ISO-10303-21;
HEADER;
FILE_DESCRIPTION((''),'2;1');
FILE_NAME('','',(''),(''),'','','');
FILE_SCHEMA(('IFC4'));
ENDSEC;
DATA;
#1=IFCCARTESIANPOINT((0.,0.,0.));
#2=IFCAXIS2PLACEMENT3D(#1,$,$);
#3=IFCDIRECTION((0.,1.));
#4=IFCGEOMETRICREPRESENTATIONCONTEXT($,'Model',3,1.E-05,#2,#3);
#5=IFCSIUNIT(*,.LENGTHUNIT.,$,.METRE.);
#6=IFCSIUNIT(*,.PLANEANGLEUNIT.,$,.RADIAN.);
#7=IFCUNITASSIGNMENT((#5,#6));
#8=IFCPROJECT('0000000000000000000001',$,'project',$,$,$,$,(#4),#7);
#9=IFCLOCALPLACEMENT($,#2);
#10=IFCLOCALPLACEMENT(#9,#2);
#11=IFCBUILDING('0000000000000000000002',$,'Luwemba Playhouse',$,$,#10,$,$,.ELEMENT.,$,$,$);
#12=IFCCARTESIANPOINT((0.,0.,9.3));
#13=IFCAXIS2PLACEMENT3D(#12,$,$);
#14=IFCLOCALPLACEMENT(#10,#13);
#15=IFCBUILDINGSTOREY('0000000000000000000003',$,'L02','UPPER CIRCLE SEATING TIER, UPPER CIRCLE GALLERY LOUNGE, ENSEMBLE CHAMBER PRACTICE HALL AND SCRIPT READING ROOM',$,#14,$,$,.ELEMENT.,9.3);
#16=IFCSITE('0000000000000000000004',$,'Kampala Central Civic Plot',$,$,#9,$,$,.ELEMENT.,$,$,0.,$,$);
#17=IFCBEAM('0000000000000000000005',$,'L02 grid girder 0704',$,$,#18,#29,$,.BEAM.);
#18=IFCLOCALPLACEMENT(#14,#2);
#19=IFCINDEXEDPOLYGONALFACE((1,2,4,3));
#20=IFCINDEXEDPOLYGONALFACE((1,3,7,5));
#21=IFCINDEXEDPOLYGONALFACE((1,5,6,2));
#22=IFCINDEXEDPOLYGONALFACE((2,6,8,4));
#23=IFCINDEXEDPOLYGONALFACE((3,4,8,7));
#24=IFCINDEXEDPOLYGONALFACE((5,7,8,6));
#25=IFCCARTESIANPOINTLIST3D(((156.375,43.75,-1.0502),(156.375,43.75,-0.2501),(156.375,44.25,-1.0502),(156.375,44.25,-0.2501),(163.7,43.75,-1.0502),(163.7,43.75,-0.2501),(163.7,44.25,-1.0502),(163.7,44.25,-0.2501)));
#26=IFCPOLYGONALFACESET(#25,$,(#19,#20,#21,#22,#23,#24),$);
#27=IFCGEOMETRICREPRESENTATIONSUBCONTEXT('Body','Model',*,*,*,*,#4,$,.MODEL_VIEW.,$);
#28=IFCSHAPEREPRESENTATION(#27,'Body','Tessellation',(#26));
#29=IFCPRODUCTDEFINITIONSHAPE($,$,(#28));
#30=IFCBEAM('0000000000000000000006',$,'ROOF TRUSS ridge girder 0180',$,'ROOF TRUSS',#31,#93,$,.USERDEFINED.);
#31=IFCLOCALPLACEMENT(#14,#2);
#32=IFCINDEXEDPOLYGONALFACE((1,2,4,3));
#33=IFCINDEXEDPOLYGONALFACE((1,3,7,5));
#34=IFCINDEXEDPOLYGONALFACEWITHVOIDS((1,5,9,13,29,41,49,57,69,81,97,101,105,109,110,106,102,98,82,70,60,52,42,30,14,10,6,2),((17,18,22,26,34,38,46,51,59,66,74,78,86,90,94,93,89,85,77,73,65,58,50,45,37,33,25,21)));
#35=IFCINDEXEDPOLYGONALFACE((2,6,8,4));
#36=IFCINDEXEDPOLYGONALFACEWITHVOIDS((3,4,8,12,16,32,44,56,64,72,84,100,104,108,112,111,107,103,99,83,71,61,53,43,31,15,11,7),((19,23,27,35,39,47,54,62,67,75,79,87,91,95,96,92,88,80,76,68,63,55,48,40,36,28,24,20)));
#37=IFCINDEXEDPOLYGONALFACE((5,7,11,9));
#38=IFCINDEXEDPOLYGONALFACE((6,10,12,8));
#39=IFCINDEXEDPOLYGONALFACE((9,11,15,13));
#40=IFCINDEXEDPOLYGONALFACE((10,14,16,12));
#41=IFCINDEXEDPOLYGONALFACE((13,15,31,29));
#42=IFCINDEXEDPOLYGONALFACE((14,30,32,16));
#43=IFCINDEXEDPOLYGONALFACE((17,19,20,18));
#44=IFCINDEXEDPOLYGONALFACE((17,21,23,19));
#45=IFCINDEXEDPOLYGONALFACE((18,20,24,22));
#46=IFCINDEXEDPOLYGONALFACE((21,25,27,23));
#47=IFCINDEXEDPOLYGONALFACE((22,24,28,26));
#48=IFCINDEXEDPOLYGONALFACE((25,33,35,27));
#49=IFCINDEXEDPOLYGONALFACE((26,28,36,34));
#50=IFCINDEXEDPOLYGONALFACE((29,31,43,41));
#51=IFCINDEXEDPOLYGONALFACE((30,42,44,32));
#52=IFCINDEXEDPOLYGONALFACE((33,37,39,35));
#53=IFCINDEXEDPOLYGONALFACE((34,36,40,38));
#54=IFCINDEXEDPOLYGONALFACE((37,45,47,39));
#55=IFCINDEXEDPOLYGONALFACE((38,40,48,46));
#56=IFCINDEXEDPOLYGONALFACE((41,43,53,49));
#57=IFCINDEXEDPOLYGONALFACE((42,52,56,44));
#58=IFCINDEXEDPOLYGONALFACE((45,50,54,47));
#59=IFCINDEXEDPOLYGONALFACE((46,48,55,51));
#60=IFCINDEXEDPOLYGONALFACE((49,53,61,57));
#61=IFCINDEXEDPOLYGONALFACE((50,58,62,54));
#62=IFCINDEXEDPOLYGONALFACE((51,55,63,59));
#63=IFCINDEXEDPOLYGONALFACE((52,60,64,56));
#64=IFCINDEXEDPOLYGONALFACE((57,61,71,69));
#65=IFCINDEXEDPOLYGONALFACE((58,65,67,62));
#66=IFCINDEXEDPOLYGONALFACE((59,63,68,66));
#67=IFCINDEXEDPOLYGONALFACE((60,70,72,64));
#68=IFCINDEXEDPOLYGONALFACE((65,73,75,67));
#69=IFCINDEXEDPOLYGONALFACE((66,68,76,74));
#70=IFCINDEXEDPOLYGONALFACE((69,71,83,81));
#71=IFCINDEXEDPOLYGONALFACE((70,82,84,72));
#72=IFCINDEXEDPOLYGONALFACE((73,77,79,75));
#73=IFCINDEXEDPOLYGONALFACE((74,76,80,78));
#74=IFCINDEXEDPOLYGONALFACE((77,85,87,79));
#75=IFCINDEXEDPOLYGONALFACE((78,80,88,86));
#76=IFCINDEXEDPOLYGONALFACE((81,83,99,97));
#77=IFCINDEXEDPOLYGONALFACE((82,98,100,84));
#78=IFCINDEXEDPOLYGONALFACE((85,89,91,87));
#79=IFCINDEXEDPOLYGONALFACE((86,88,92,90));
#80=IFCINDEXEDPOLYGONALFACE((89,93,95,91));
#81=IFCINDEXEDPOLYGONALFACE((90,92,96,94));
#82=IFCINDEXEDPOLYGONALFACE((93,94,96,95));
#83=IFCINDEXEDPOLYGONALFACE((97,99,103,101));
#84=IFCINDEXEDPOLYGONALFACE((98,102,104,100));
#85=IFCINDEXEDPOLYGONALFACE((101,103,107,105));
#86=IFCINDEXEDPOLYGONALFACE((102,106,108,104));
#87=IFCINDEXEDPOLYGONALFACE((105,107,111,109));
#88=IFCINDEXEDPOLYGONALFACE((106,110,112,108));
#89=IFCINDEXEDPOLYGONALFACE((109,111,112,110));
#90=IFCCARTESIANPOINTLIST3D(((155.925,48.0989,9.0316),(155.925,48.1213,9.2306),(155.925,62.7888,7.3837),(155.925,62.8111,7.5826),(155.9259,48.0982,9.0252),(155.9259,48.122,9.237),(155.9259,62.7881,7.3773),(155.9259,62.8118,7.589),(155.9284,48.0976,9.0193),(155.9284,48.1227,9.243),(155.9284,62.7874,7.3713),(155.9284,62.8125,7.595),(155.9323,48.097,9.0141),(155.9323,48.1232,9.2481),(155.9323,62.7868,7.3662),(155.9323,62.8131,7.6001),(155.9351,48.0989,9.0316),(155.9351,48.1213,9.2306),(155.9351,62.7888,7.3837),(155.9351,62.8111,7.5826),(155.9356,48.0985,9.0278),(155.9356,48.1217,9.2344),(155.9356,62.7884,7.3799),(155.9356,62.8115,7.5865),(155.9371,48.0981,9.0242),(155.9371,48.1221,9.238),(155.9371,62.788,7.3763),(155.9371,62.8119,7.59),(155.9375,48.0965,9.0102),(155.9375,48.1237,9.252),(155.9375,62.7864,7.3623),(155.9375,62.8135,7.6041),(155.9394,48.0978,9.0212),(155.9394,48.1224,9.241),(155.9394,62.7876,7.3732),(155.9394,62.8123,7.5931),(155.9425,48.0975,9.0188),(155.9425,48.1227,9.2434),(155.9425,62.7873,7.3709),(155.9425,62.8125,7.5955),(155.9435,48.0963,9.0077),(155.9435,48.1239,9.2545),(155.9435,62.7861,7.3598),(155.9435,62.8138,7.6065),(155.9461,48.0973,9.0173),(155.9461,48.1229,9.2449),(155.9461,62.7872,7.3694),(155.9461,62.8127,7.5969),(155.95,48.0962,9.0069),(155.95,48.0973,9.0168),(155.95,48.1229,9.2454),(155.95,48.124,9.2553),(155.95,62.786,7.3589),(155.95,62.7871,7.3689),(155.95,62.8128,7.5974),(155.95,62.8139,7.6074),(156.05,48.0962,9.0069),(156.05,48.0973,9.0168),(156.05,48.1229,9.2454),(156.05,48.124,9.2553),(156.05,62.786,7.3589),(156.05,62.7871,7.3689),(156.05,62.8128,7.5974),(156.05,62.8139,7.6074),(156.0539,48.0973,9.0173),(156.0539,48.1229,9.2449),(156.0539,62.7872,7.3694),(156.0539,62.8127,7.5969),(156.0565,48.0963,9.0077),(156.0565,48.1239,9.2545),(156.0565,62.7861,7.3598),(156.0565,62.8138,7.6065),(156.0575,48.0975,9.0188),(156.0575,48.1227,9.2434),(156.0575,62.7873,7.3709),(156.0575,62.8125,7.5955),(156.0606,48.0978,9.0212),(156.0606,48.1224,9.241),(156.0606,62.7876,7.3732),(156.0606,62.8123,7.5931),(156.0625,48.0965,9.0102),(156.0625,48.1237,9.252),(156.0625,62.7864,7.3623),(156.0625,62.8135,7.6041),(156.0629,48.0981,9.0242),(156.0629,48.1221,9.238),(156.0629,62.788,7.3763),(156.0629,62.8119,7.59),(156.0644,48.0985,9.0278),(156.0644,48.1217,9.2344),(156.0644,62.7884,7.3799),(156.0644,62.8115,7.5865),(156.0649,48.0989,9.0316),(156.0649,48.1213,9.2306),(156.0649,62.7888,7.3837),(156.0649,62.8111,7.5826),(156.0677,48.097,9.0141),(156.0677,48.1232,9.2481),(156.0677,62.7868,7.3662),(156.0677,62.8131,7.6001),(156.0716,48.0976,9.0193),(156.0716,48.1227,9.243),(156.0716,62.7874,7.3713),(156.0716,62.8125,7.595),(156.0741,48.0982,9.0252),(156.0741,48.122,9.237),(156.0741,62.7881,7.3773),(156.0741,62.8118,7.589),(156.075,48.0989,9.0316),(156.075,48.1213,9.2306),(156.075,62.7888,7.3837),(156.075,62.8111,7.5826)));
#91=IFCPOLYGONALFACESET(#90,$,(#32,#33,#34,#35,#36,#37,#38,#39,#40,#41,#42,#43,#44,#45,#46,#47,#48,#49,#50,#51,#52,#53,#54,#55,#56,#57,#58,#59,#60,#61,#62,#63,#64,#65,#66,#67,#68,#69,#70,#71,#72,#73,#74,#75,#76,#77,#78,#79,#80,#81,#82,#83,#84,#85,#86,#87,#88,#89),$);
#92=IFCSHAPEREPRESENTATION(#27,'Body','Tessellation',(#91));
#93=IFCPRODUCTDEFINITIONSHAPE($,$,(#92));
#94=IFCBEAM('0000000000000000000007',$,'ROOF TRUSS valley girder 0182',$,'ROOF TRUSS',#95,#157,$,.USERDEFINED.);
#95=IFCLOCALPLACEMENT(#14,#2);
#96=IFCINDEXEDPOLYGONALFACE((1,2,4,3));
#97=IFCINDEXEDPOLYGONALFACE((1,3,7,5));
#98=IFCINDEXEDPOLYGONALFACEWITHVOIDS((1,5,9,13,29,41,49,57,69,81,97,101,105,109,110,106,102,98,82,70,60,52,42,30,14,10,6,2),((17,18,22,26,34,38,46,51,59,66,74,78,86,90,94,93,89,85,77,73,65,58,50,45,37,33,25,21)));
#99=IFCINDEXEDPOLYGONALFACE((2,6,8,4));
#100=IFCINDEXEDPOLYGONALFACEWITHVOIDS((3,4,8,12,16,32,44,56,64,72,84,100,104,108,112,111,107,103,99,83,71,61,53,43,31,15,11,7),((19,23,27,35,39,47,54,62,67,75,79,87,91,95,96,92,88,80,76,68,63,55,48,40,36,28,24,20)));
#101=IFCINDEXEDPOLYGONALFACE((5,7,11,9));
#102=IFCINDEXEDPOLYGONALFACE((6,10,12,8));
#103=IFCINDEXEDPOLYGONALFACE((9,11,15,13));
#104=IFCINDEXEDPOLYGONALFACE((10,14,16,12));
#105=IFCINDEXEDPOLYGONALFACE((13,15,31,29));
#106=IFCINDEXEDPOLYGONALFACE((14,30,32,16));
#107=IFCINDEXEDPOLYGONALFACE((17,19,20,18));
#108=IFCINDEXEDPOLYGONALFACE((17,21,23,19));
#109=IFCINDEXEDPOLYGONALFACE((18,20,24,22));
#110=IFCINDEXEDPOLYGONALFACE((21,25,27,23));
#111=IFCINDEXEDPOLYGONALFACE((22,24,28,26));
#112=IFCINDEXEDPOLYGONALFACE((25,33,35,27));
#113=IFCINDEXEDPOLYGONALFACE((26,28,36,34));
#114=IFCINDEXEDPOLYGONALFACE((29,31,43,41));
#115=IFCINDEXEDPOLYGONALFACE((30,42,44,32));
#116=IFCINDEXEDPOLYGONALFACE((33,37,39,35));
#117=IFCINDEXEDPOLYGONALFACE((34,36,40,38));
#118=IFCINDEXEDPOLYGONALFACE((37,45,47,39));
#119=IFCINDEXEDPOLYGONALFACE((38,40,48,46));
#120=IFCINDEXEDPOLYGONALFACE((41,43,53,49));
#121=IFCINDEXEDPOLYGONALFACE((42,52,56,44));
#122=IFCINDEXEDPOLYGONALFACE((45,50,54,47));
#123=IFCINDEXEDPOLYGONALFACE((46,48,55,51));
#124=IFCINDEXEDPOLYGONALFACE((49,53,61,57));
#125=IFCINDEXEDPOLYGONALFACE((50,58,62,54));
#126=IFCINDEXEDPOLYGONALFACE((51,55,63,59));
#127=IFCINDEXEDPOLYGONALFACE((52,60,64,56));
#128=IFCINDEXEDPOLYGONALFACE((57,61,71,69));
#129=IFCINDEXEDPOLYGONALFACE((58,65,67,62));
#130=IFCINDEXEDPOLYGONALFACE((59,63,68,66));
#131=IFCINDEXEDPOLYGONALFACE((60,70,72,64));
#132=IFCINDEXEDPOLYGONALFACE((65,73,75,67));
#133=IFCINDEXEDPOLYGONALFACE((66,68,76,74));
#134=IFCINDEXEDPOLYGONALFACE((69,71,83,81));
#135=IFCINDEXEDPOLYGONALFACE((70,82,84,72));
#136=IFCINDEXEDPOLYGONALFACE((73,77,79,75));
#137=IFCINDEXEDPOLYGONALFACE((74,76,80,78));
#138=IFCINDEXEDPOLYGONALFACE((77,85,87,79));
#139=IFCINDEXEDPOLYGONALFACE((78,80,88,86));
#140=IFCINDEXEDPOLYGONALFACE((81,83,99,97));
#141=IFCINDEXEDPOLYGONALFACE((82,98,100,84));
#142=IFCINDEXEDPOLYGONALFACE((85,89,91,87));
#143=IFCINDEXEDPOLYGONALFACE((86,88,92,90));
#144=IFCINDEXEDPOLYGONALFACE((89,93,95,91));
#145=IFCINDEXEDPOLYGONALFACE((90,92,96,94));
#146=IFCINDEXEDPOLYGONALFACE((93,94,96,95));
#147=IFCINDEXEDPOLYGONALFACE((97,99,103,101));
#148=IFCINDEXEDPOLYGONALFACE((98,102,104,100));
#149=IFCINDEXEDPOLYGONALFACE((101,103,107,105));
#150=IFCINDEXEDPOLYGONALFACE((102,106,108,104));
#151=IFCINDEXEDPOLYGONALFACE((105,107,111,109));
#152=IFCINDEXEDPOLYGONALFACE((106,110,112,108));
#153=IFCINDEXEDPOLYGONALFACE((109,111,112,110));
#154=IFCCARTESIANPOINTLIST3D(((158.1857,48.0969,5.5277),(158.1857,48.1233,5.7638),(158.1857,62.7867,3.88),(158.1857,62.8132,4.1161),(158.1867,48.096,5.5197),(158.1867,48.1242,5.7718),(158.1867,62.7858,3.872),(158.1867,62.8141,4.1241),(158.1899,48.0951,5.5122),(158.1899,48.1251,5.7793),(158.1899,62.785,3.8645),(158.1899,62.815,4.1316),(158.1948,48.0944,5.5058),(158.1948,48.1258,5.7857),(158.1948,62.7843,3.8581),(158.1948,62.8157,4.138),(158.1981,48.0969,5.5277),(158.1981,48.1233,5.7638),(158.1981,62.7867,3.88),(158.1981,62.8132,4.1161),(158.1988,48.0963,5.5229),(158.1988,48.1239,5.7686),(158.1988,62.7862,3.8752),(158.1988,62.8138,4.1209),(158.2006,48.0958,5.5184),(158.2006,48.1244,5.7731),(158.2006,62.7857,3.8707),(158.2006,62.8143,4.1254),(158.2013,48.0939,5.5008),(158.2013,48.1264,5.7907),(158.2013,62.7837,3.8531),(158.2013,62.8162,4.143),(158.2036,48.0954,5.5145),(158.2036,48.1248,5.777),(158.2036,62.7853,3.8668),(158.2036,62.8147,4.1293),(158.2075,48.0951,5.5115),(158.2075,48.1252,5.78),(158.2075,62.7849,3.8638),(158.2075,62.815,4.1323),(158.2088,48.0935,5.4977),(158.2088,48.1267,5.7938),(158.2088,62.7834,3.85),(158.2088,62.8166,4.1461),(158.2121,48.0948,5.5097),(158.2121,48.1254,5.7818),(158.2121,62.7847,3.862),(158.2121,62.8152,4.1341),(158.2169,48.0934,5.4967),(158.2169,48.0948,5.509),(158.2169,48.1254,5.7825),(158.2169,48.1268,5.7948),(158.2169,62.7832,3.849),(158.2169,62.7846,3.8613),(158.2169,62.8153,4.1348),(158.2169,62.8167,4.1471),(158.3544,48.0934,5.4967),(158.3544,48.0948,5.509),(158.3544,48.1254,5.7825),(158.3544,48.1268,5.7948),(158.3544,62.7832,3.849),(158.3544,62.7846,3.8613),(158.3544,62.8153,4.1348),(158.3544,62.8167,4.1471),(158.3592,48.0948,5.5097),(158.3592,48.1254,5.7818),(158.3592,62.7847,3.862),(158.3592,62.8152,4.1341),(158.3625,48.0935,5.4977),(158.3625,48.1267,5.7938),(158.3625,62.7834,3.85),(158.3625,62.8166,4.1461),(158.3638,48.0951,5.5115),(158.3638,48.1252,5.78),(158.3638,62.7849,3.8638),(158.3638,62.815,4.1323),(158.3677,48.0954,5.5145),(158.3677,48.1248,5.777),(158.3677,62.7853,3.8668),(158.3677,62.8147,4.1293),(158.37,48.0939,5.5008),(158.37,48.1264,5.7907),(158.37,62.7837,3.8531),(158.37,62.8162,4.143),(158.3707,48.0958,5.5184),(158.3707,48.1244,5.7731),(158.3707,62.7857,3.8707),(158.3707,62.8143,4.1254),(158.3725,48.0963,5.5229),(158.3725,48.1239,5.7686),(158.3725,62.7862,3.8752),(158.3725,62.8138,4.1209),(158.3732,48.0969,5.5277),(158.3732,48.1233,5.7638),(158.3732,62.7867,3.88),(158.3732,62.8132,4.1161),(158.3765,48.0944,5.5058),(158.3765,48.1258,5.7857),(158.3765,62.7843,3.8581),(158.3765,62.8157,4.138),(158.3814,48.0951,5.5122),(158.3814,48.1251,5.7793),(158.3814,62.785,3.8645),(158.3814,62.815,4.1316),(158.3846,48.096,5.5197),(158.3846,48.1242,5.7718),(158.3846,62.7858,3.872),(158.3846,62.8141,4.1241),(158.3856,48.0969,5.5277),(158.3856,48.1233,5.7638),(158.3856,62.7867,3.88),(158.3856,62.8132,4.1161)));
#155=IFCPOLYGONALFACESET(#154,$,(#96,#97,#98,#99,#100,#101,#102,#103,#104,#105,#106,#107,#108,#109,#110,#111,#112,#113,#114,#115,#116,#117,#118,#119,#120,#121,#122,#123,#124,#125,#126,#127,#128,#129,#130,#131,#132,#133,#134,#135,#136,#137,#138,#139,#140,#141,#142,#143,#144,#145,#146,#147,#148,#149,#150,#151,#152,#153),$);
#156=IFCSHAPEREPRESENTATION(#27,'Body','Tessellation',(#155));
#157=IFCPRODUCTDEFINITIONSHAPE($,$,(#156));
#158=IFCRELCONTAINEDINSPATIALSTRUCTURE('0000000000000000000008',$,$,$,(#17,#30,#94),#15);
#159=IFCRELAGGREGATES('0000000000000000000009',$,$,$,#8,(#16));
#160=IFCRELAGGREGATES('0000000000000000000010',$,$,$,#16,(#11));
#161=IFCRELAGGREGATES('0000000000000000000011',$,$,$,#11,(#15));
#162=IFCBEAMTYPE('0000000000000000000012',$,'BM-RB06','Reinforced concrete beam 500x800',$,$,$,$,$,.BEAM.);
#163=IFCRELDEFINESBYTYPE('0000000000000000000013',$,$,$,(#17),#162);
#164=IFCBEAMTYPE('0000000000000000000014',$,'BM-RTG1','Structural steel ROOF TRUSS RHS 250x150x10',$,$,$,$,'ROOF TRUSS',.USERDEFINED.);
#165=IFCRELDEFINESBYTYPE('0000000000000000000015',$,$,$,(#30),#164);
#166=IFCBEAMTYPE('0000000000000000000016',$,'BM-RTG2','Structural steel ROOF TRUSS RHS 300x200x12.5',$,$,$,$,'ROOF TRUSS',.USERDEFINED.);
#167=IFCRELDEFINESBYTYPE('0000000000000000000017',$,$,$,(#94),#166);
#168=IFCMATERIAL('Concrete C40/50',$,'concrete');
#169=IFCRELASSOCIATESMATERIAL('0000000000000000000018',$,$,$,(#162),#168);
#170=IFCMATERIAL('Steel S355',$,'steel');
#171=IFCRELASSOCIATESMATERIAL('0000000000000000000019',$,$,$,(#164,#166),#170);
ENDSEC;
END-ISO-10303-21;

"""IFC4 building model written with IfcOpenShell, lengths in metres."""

from ifc_helpers import new_model, si_unit, direction, frame, origin, origin_2d, place, context, subcontext, project, spatial, rectangle, hollow_rectangle, extrude, material, material_profile, profile_set, type_object, element, save


model = new_model("IFC4")

# Units and contexts
model_context = context("Model", 3, precision=1e-05, world=origin(), true_north=direction((0.0, 1.0)))
body_context = subcontext(model_context, "Body", "Model", "MODEL_VIEW")
ifc_project = project(units=[si_unit("LENGTHUNIT", "METRE"), si_unit("PLANEANGLEUNIT", "RADIAN")], contexts=[model_context])

# Site, building, storey
site_placement = place(None, origin())
site = spatial("IfcSite", under=ifc_project, at=site_placement, Name="Kampala Central Civic Plot", CompositionType="ELEMENT", RefElevation=0.0)
building_placement = place(site_placement, origin())
building = spatial("IfcBuilding", under=site, at=building_placement, Name="Luwemba Playhouse", CompositionType="ELEMENT")
storey_placement = place(building_placement, frame((0.0, 0.0, 9.3)))
storey = spatial("IfcBuildingStorey", under=building, at=storey_placement, Name="L02", Description="UPPER CIRCLE SEATING TIER, UPPER CIRCLE GALLERY LOUNGE, ENSEMBLE CHAMBER PRACTICE HALL AND SCRIPT READING ROOM", CompositionType="ELEMENT", Elevation=9.3)

# Beams
ifc_material_1 = material(Name="Concrete C40/50", Category="concrete")
ifc_material_profile_1 = material_profile(ifc_material_1, rectangle(XDim=0.5, YDim=0.8, at=origin_2d()))
ifc_profile_set_1 = profile_set([ifc_material_profile_1], Name="Concrete C40/50")
beam_type_1 = type_object("IfcBeamType", Name="BM-RB06", Description="Reinforced concrete beam 500x800", PredefinedType="BEAM", material=ifc_profile_set_1)
beam_1_placement = place(storey_placement, frame((156.375, 44.0, -0.6501), z_axis=(1.0, 0.0, 0.0), x_axis=(0.0, 1.0, 0.0)))
element("IfcBeam", 1, at=beam_1_placement, inside=storey, type_object=beam_type_1, Name="L02 grid girder 0704", PredefinedType="BEAM", context=body_context, shape_type="SweptSolid", body=[
    extrude(rectangle(XDim=0.5, YDim=0.8, at=origin_2d()), origin(), (0.0, 0.0, 1.0), 7.325),
])
ifc_material_2 = material(Name="Steel S355", Category="steel")
ifc_material_profile_2 = material_profile(ifc_material_2, hollow_rectangle(XDim=0.1499, YDim=0.25, WallThickness=0.01, InnerFilletRadius=0.0149, OuterFilletRadius=0.0249, at=origin_2d()))
ifc_profile_set_2 = profile_set([ifc_material_profile_2], Name="Steel S355")
beam_type_2 = type_object("IfcBeamType", Name="BM-RTG1", Description="Structural steel ROOF TRUSS RHS 250x150x10", ElementType="ROOF TRUSS", PredefinedType="USERDEFINED", material=ifc_profile_set_2)
beam_2_placement = place(storey_placement, frame((156.0, 48.1101, 9.1311), z_axis=(0.0, 0.993766, -0.111483), x_axis=(-1.0, 0.0, 0.0)))
element("IfcBeam", 2, at=beam_2_placement, inside=storey, type_object=beam_type_2, Name="ROOF TRUSS ridge girder 0180", ObjectType="ROOF TRUSS", PredefinedType="USERDEFINED", context=body_context, shape_type="SweptSolid", body=[
    extrude(hollow_rectangle(XDim=0.1499, YDim=0.25, WallThickness=0.01, InnerFilletRadius=0.0149, OuterFilletRadius=0.0249, at=origin_2d()), origin(), (0.0, 0.0, 1.0), 14.782),
])
ifc_material_profile_3 = material_profile(ifc_material_2, hollow_rectangle(XDim=0.2, YDim=0.3, WallThickness=0.0125, InnerFilletRadius=0.0188, OuterFilletRadius=0.0312, at=origin_2d()))
ifc_profile_set_3 = profile_set([ifc_material_profile_3], Name="Steel S355")
beam_type_3 = type_object("IfcBeamType", Name="BM-RTG2", Description="Structural steel ROOF TRUSS RHS 300x200x12.5", ElementType="ROOF TRUSS", PredefinedType="USERDEFINED", material=ifc_profile_set_3)
beam_3_placement = place(storey_placement, frame((158.2856, 48.1101, 5.6458), z_axis=(0.0, 0.993768, -0.111467), x_axis=(-1.0, 0.0, 0.0)))
element("IfcBeam", 3, at=beam_3_placement, inside=storey, type_object=beam_type_3, Name="ROOF TRUSS valley girder 0182", ObjectType="ROOF TRUSS", PredefinedType="USERDEFINED", context=body_context, shape_type="SweptSolid", body=[
    extrude(hollow_rectangle(XDim=0.2, YDim=0.3, WallThickness=0.0125, InnerFilletRadius=0.0188, OuterFilletRadius=0.0312, at=origin_2d()), origin(), (0.0, 0.0, 1.0), 14.782),
])

save(model, "model.ifc")
